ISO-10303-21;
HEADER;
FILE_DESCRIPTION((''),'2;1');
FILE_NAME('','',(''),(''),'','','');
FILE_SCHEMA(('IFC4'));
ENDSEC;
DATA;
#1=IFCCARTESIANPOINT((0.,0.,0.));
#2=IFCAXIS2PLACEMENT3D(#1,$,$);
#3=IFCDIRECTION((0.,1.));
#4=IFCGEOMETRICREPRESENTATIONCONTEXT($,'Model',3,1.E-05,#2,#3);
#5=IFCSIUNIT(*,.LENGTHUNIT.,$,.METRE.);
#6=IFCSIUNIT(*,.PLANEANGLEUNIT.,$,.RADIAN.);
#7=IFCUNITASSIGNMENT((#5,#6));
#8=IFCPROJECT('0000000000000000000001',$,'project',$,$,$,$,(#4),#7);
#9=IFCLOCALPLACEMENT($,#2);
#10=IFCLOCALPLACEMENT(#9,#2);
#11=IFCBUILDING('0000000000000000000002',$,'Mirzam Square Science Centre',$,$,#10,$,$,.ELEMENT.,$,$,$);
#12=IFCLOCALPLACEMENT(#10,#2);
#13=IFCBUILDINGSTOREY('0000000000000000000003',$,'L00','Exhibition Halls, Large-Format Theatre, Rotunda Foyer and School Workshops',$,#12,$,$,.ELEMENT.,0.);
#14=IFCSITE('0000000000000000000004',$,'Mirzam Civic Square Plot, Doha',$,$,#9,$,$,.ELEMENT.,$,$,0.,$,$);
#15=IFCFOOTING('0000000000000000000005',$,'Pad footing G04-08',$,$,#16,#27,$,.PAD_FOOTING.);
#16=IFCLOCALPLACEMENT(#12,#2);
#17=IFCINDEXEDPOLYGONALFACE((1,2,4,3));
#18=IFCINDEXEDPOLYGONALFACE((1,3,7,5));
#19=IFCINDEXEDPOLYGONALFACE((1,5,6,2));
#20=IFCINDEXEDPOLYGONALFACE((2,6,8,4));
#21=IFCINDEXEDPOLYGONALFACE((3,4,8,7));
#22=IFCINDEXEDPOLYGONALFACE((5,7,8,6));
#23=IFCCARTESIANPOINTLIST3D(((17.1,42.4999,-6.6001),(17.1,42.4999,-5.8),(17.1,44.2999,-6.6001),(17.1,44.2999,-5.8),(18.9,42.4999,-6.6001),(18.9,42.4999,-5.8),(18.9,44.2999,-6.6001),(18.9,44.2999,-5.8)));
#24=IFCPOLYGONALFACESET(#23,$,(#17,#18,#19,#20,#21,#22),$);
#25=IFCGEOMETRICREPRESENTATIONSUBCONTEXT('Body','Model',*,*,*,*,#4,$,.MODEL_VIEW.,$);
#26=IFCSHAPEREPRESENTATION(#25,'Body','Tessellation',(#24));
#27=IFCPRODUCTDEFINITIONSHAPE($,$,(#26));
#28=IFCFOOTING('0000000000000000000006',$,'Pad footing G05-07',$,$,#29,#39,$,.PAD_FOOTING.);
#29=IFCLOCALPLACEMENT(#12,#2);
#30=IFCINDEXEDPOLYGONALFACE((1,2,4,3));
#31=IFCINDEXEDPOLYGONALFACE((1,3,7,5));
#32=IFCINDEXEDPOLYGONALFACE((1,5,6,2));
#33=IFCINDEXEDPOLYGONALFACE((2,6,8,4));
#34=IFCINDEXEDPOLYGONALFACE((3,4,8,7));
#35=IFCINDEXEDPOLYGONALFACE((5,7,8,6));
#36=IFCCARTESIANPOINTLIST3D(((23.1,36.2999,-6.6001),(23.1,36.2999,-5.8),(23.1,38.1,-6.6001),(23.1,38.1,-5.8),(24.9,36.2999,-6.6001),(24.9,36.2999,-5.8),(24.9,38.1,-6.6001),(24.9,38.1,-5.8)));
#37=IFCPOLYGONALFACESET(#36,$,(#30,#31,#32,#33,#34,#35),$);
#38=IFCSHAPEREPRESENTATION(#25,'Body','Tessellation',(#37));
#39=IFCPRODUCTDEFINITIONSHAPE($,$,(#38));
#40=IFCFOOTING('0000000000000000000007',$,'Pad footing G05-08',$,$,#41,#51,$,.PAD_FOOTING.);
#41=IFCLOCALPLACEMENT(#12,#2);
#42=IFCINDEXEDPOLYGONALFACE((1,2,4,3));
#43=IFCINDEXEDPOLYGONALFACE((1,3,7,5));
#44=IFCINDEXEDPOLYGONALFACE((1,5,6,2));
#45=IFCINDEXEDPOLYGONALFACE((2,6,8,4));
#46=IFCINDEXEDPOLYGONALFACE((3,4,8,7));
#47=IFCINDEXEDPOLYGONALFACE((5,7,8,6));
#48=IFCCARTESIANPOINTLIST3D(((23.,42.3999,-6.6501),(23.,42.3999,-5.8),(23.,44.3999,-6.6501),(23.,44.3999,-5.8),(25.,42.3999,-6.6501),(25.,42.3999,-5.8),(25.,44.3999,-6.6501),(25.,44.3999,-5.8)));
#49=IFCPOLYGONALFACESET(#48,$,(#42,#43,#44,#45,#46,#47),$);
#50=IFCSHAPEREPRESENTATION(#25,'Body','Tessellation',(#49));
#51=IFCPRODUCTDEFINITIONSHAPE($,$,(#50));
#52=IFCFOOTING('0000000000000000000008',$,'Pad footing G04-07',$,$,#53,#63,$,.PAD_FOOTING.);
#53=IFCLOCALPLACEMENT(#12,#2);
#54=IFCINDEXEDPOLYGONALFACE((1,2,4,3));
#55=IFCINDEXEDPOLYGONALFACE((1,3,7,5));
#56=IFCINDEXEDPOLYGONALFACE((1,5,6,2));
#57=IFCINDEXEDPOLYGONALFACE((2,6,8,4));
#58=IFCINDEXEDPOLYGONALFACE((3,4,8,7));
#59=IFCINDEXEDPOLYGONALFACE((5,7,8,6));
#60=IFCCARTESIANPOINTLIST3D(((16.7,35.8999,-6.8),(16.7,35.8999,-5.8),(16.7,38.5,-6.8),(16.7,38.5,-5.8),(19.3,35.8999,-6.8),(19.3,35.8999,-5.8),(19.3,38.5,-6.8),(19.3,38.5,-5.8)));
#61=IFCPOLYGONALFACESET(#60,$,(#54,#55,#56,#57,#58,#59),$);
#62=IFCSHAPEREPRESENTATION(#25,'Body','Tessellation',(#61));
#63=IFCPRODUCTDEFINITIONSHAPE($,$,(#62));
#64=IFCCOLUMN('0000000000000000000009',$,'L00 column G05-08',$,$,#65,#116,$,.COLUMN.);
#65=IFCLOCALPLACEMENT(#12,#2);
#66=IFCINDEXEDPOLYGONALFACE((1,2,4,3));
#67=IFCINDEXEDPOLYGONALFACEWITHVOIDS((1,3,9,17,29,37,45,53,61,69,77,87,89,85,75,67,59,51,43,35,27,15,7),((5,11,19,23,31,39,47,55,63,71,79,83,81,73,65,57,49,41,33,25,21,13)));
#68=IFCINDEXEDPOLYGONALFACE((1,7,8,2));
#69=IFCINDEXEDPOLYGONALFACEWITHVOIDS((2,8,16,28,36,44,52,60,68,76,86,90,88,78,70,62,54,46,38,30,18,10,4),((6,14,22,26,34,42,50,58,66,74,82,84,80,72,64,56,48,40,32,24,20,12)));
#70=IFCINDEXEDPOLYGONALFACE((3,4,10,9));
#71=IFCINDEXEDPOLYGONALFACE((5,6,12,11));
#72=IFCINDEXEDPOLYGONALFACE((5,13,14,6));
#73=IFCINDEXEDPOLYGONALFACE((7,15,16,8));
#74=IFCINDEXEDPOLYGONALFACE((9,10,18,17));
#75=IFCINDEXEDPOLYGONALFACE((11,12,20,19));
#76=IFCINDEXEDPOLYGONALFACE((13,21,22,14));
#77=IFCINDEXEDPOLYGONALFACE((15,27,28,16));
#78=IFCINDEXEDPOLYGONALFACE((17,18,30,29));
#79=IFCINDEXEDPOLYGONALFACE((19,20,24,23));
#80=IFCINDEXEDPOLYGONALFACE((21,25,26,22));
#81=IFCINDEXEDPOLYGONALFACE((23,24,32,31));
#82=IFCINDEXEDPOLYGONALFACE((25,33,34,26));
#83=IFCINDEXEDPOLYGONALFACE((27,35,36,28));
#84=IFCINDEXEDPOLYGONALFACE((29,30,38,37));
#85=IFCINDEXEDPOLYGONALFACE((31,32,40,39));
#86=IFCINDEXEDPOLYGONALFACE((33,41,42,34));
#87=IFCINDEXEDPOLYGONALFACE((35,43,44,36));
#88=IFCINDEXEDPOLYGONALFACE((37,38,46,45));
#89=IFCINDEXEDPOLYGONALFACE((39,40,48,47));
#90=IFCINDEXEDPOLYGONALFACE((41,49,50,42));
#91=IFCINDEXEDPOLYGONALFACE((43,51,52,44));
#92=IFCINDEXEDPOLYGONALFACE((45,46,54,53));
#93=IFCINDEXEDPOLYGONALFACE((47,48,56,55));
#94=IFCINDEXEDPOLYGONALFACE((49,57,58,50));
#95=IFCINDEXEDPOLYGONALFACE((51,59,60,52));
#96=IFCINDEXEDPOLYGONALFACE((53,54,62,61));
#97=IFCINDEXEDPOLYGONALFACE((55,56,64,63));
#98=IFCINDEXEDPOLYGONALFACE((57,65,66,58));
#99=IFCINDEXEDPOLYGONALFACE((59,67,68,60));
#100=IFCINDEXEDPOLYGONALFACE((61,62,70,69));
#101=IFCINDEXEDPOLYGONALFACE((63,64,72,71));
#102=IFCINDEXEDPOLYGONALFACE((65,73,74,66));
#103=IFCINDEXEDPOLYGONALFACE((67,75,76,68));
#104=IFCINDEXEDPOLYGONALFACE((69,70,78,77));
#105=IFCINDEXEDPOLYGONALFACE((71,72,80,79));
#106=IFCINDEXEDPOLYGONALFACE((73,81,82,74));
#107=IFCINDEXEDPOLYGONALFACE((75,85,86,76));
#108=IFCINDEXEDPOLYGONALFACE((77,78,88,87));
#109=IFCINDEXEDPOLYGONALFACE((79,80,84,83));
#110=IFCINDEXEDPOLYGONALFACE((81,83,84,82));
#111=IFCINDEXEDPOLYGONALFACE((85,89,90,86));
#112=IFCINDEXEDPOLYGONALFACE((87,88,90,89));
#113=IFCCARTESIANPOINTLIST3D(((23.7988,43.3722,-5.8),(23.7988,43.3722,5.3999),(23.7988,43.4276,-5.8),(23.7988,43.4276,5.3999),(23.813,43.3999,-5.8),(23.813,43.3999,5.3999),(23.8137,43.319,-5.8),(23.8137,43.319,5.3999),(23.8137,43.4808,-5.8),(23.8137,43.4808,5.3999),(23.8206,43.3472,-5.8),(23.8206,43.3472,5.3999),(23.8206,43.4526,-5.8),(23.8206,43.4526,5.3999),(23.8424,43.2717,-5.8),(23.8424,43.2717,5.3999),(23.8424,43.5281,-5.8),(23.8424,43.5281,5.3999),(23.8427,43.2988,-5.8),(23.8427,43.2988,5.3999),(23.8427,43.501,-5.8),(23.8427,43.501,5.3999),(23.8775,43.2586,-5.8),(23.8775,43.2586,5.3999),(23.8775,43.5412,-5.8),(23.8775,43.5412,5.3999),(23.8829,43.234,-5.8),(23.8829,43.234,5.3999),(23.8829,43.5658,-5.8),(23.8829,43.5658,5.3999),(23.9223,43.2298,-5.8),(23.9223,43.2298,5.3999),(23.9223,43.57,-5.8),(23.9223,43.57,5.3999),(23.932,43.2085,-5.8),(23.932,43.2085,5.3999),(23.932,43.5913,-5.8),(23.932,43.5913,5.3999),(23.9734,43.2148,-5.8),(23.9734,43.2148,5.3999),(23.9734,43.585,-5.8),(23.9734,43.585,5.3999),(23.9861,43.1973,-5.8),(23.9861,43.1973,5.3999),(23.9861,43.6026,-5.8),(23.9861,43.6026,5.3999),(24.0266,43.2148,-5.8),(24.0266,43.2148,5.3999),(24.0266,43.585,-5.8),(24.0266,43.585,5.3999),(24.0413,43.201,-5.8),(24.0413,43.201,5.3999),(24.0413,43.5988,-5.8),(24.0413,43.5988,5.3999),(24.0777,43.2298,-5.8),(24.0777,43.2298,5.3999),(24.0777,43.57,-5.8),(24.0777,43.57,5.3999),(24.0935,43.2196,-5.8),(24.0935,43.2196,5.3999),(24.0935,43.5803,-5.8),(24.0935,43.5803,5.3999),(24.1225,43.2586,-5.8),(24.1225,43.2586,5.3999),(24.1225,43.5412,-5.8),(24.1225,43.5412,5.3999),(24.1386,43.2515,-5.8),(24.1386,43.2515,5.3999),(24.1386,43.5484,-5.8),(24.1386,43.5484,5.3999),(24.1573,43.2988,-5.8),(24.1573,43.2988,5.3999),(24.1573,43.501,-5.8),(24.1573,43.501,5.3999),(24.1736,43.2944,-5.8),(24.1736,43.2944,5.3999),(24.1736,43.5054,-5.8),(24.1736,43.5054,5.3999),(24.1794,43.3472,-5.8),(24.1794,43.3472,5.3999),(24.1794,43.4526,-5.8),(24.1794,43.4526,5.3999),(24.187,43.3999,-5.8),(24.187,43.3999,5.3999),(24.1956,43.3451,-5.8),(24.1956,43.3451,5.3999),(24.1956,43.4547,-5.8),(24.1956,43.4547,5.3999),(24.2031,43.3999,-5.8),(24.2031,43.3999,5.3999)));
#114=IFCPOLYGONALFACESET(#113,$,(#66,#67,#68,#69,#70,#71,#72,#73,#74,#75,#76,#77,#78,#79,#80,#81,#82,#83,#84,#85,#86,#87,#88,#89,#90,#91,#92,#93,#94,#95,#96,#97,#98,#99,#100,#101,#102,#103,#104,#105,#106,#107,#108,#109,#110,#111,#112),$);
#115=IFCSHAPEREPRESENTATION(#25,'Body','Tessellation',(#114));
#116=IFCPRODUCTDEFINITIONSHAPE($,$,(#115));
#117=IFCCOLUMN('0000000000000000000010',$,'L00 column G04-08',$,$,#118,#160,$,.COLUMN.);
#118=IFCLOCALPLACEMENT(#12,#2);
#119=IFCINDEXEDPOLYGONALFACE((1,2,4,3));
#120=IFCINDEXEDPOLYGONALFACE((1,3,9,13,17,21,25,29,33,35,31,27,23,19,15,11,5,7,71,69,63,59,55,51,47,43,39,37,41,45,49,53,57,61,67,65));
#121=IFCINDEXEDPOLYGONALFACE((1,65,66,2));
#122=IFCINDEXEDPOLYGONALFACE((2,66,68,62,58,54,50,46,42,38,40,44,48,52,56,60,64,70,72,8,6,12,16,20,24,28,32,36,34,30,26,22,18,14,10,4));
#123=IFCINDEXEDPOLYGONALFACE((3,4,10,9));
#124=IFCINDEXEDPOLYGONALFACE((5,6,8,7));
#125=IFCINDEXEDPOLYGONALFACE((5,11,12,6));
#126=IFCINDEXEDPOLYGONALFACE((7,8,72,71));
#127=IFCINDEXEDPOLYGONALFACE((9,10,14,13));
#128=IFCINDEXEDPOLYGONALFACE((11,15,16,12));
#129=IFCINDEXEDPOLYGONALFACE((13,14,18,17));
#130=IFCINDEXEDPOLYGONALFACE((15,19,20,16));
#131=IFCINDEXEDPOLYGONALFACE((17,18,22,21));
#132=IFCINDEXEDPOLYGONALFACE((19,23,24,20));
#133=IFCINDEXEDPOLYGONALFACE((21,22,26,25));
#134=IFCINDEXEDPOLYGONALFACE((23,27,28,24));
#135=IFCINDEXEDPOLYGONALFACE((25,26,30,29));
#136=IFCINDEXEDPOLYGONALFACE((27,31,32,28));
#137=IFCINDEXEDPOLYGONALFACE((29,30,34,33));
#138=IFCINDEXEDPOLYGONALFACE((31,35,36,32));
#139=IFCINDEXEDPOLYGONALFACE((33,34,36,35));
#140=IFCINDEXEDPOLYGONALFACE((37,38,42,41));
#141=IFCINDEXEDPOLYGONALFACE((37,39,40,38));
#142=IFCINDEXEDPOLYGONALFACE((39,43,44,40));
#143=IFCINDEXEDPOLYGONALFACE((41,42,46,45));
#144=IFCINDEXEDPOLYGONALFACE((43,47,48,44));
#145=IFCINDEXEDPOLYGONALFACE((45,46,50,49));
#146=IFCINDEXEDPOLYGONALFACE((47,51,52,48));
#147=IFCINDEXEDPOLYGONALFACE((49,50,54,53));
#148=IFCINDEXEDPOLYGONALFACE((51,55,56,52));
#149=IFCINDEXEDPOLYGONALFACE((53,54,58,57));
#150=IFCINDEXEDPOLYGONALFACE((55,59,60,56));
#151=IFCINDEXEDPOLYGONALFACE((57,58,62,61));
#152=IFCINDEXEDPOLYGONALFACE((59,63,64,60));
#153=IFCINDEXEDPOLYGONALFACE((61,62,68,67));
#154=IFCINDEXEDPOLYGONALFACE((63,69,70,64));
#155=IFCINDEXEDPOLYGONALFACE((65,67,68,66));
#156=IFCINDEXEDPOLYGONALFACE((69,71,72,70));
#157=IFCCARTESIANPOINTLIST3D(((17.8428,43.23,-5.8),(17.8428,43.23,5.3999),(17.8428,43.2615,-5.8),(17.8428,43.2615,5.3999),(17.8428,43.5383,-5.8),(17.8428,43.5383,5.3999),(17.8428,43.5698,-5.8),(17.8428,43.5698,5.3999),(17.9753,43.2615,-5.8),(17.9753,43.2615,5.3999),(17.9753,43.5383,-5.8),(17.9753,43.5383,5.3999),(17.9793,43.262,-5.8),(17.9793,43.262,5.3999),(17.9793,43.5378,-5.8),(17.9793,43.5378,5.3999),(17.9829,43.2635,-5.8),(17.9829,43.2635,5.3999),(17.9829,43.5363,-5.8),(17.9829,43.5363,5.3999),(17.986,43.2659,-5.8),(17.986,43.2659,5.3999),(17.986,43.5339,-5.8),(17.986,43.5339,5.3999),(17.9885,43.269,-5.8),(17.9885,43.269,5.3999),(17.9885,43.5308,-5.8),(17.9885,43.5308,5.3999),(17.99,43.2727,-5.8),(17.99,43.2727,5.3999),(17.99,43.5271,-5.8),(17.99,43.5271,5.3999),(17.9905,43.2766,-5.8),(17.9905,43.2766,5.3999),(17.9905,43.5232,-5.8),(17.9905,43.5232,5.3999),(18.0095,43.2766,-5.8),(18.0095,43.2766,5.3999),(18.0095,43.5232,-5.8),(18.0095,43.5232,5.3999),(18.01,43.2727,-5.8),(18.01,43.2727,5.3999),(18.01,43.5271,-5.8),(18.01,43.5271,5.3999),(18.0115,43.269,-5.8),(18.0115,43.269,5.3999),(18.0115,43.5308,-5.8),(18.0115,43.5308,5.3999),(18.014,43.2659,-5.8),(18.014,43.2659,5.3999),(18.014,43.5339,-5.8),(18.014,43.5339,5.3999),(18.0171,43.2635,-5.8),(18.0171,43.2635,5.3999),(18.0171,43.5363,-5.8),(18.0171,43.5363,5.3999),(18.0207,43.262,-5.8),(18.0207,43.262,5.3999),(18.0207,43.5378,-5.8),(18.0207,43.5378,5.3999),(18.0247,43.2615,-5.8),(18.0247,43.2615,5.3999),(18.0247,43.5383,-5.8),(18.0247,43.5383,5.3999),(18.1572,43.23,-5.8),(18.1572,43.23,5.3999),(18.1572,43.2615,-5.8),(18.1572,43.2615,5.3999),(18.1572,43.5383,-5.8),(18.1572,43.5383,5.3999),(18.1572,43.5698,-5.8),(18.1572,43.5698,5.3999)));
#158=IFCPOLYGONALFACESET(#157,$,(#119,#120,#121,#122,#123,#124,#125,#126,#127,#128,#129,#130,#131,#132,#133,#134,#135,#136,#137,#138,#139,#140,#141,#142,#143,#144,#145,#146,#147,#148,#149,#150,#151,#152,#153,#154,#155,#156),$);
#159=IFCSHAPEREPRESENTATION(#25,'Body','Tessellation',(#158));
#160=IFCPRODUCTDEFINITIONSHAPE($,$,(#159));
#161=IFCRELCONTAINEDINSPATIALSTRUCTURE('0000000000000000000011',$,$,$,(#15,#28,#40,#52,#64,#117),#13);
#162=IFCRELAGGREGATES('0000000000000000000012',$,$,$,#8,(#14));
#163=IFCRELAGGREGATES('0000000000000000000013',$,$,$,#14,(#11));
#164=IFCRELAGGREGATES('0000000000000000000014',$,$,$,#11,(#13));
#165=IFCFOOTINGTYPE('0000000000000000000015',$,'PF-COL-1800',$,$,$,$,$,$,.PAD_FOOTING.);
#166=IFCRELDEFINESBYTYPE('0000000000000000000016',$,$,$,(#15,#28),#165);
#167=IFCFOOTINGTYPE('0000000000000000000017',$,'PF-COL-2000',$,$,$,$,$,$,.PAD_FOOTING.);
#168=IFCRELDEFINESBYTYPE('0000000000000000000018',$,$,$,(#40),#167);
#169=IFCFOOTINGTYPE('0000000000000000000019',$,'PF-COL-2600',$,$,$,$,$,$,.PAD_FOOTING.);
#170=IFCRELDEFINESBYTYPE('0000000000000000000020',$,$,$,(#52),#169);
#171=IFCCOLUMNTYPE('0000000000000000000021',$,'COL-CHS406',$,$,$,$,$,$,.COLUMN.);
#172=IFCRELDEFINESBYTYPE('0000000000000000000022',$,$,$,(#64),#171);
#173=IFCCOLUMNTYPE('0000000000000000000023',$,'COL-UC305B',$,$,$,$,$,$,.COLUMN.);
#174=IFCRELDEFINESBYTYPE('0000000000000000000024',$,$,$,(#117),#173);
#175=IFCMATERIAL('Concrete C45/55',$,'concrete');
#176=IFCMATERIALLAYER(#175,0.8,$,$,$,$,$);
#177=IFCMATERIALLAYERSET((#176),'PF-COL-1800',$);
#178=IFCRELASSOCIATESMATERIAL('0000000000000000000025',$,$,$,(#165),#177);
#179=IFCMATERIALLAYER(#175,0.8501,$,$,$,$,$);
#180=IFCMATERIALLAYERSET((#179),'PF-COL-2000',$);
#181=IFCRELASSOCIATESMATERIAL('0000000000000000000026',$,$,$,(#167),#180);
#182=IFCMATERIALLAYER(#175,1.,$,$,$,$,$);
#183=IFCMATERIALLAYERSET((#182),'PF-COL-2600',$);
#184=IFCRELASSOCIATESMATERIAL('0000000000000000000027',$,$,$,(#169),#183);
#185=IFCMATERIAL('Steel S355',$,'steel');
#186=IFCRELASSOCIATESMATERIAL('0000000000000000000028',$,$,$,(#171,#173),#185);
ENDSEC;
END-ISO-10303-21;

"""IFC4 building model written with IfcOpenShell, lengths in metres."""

from ifc_helpers import new_model, si_unit, direction, frame, origin, origin_2d, place, context, subcontext, project, spatial, rectangle, hollow_circle, i_section, extrude, material, layer, layer_set, material_profile, profile_set, type_object, element, save


model = new_model("IFC4")

# Units and contexts
model_context = context("Model", 3, precision=1e-05, world=origin(), true_north=direction((0.0, 1.0)))
body_context = subcontext(model_context, "Body", "Model", "MODEL_VIEW")
ifc_project = project(units=[si_unit("LENGTHUNIT", "METRE"), si_unit("PLANEANGLEUNIT", "RADIAN")], contexts=[model_context])

# Site, building, storey
site_placement = place(None, origin())
site = spatial("IfcSite", under=ifc_project, at=site_placement, Name="Mirzam Civic Square Plot, Doha", CompositionType="ELEMENT", RefElevation=0.0)
building_placement = place(site_placement, origin())
building = spatial("IfcBuilding", under=site, at=building_placement, Name="Mirzam Square Science Centre", CompositionType="ELEMENT")
storey_placement = place(building_placement, origin())
storey = spatial("IfcBuildingStorey", under=building, at=storey_placement, Name="L00", Description="Exhibition Halls, Large-Format Theatre, Rotunda Foyer and School Workshops", CompositionType="ELEMENT", Elevation=0.0)

# Footings
ifc_material_1 = material(Name="Concrete C45/55", Category="concrete")
ifc_layer_1 = layer(ifc_material_1, 0.8)
ifc_layer_set_1 = layer_set([ifc_layer_1], Name="PF-COL-1800")
footing_type_1 = type_object("IfcFootingType", Name="PF-COL-1800", PredefinedType="PAD_FOOTING", material=ifc_layer_set_1)
for number, where, z_axis, x_axis, name in (
    (1, (18.0, 43.3999, -6.6001), (0.0, 0.0, 1.0), (1.0, 0.0, 0.0), "Pad footing G04-08"),
    (2, (24.0, 37.2, -6.6001), (0.0, 0.0, 1.0), (1.0, 0.0, 0.0), "Pad footing G05-07"),
):
    element("IfcFooting", number, at=place(storey_placement, frame(where, z_axis=z_axis, x_axis=x_axis)), inside=storey, type_object=footing_type_1, Name=name, PredefinedType="PAD_FOOTING", context=body_context, shape_type="SweptSolid", body=[
        extrude(rectangle(XDim=1.8, YDim=1.8, at=origin_2d()), origin(), (0.0, 0.0, 1.0), 0.8),
    ])
ifc_layer_2 = layer(ifc_material_1, 0.8501)
ifc_layer_set_2 = layer_set([ifc_layer_2], Name="PF-COL-2000")
footing_type_2 = type_object("IfcFootingType", Name="PF-COL-2000", PredefinedType="PAD_FOOTING", material=ifc_layer_set_2)
footing_1_placement = place(storey_placement, frame((24.0, 43.3999, -6.6501), z_axis=(0.0, 0.0, 1.0), x_axis=(1.0, 0.0, 0.0)))
element("IfcFooting", 3, at=footing_1_placement, inside=storey, type_object=footing_type_2, Name="Pad footing G05-08", PredefinedType="PAD_FOOTING", context=body_context, shape_type="SweptSolid", body=[
    extrude(rectangle(XDim=2.0, YDim=2.0, at=origin_2d()), origin(), (0.0, 0.0, 1.0), 0.8501),
])
ifc_layer_3 = layer(ifc_material_1, 1.0)
ifc_layer_set_3 = layer_set([ifc_layer_3], Name="PF-COL-2600")
footing_type_3 = type_object("IfcFootingType", Name="PF-COL-2600", PredefinedType="PAD_FOOTING", material=ifc_layer_set_3)
footing_2_placement = place(storey_placement, frame((18.0, 37.2, -6.8), z_axis=(0.0, 0.0, 1.0), x_axis=(1.0, 0.0, 0.0)))
element("IfcFooting", 4, at=footing_2_placement, inside=storey, type_object=footing_type_3, Name="Pad footing G04-07", PredefinedType="PAD_FOOTING", context=body_context, shape_type="SweptSolid", body=[
    extrude(rectangle(XDim=2.6001, YDim=2.6001, at=origin_2d()), origin(), (0.0, 0.0, 1.0), 1.0),
])

# Columns
ifc_material_2 = material(Name="Steel S355", Category="steel")
ifc_material_profile_1 = material_profile(ifc_material_2, hollow_circle(Radius=0.2031, WallThickness=0.0161, at=origin_2d()), Name="406.4x16.0CHS")
ifc_profile_set_1 = profile_set([ifc_material_profile_1], Name="Steel S355")
column_type_1 = type_object("IfcColumnType", Name="COL-CHS406", PredefinedType="COLUMN", material=ifc_profile_set_1)
column_1_placement = place(storey_placement, frame((24.0, 43.3999, -5.8), z_axis=(0.0, 0.0, 1.0), x_axis=(1.0, 0.0, 0.0)))
element("IfcColumn", 5, at=column_1_placement, inside=storey, type_object=column_type_1, Name="L00 column G05-08", PredefinedType="COLUMN", context=body_context, shape_type="SweptSolid", body=[
    extrude(hollow_circle(Radius=0.2031, WallThickness=0.0161, at=origin_2d()), origin(), (0.0, 0.0, 1.0), 11.2),
])
ifc_material_profile_2 = material_profile(ifc_material_2, i_section(OverallWidth=0.3145, OverallDepth=0.3398, WebThickness=0.019, FlangeThickness=0.0315, FilletRadius=0.0151, at=origin_2d()), Name="305x305x198UC")
ifc_profile_set_2 = profile_set([ifc_material_profile_2], Name="Steel S355")
column_type_2 = type_object("IfcColumnType", Name="COL-UC305B", PredefinedType="COLUMN", material=ifc_profile_set_2)
for number, where, z_axis, x_axis, name in (
    (6, (18.0, 43.3999, -5.8), (0.0, 0.0, 1.0), (1.0, 0.0, 0.0), "L00 column G04-08"),
):
    element("IfcColumn", number, at=place(storey_placement, frame(where, z_axis=z_axis, x_axis=x_axis)), inside=storey, type_object=column_type_2, Name=name, PredefinedType="COLUMN", context=body_context, shape_type="SweptSolid", body=[
        extrude(i_section(OverallWidth=0.3145, OverallDepth=0.3398, WebThickness=0.019, FlangeThickness=0.0315, FilletRadius=0.0151, at=origin_2d()), origin(), (0.0, 0.0, 1.0), 11.2),
    ])

save(model, "model.ifc")
